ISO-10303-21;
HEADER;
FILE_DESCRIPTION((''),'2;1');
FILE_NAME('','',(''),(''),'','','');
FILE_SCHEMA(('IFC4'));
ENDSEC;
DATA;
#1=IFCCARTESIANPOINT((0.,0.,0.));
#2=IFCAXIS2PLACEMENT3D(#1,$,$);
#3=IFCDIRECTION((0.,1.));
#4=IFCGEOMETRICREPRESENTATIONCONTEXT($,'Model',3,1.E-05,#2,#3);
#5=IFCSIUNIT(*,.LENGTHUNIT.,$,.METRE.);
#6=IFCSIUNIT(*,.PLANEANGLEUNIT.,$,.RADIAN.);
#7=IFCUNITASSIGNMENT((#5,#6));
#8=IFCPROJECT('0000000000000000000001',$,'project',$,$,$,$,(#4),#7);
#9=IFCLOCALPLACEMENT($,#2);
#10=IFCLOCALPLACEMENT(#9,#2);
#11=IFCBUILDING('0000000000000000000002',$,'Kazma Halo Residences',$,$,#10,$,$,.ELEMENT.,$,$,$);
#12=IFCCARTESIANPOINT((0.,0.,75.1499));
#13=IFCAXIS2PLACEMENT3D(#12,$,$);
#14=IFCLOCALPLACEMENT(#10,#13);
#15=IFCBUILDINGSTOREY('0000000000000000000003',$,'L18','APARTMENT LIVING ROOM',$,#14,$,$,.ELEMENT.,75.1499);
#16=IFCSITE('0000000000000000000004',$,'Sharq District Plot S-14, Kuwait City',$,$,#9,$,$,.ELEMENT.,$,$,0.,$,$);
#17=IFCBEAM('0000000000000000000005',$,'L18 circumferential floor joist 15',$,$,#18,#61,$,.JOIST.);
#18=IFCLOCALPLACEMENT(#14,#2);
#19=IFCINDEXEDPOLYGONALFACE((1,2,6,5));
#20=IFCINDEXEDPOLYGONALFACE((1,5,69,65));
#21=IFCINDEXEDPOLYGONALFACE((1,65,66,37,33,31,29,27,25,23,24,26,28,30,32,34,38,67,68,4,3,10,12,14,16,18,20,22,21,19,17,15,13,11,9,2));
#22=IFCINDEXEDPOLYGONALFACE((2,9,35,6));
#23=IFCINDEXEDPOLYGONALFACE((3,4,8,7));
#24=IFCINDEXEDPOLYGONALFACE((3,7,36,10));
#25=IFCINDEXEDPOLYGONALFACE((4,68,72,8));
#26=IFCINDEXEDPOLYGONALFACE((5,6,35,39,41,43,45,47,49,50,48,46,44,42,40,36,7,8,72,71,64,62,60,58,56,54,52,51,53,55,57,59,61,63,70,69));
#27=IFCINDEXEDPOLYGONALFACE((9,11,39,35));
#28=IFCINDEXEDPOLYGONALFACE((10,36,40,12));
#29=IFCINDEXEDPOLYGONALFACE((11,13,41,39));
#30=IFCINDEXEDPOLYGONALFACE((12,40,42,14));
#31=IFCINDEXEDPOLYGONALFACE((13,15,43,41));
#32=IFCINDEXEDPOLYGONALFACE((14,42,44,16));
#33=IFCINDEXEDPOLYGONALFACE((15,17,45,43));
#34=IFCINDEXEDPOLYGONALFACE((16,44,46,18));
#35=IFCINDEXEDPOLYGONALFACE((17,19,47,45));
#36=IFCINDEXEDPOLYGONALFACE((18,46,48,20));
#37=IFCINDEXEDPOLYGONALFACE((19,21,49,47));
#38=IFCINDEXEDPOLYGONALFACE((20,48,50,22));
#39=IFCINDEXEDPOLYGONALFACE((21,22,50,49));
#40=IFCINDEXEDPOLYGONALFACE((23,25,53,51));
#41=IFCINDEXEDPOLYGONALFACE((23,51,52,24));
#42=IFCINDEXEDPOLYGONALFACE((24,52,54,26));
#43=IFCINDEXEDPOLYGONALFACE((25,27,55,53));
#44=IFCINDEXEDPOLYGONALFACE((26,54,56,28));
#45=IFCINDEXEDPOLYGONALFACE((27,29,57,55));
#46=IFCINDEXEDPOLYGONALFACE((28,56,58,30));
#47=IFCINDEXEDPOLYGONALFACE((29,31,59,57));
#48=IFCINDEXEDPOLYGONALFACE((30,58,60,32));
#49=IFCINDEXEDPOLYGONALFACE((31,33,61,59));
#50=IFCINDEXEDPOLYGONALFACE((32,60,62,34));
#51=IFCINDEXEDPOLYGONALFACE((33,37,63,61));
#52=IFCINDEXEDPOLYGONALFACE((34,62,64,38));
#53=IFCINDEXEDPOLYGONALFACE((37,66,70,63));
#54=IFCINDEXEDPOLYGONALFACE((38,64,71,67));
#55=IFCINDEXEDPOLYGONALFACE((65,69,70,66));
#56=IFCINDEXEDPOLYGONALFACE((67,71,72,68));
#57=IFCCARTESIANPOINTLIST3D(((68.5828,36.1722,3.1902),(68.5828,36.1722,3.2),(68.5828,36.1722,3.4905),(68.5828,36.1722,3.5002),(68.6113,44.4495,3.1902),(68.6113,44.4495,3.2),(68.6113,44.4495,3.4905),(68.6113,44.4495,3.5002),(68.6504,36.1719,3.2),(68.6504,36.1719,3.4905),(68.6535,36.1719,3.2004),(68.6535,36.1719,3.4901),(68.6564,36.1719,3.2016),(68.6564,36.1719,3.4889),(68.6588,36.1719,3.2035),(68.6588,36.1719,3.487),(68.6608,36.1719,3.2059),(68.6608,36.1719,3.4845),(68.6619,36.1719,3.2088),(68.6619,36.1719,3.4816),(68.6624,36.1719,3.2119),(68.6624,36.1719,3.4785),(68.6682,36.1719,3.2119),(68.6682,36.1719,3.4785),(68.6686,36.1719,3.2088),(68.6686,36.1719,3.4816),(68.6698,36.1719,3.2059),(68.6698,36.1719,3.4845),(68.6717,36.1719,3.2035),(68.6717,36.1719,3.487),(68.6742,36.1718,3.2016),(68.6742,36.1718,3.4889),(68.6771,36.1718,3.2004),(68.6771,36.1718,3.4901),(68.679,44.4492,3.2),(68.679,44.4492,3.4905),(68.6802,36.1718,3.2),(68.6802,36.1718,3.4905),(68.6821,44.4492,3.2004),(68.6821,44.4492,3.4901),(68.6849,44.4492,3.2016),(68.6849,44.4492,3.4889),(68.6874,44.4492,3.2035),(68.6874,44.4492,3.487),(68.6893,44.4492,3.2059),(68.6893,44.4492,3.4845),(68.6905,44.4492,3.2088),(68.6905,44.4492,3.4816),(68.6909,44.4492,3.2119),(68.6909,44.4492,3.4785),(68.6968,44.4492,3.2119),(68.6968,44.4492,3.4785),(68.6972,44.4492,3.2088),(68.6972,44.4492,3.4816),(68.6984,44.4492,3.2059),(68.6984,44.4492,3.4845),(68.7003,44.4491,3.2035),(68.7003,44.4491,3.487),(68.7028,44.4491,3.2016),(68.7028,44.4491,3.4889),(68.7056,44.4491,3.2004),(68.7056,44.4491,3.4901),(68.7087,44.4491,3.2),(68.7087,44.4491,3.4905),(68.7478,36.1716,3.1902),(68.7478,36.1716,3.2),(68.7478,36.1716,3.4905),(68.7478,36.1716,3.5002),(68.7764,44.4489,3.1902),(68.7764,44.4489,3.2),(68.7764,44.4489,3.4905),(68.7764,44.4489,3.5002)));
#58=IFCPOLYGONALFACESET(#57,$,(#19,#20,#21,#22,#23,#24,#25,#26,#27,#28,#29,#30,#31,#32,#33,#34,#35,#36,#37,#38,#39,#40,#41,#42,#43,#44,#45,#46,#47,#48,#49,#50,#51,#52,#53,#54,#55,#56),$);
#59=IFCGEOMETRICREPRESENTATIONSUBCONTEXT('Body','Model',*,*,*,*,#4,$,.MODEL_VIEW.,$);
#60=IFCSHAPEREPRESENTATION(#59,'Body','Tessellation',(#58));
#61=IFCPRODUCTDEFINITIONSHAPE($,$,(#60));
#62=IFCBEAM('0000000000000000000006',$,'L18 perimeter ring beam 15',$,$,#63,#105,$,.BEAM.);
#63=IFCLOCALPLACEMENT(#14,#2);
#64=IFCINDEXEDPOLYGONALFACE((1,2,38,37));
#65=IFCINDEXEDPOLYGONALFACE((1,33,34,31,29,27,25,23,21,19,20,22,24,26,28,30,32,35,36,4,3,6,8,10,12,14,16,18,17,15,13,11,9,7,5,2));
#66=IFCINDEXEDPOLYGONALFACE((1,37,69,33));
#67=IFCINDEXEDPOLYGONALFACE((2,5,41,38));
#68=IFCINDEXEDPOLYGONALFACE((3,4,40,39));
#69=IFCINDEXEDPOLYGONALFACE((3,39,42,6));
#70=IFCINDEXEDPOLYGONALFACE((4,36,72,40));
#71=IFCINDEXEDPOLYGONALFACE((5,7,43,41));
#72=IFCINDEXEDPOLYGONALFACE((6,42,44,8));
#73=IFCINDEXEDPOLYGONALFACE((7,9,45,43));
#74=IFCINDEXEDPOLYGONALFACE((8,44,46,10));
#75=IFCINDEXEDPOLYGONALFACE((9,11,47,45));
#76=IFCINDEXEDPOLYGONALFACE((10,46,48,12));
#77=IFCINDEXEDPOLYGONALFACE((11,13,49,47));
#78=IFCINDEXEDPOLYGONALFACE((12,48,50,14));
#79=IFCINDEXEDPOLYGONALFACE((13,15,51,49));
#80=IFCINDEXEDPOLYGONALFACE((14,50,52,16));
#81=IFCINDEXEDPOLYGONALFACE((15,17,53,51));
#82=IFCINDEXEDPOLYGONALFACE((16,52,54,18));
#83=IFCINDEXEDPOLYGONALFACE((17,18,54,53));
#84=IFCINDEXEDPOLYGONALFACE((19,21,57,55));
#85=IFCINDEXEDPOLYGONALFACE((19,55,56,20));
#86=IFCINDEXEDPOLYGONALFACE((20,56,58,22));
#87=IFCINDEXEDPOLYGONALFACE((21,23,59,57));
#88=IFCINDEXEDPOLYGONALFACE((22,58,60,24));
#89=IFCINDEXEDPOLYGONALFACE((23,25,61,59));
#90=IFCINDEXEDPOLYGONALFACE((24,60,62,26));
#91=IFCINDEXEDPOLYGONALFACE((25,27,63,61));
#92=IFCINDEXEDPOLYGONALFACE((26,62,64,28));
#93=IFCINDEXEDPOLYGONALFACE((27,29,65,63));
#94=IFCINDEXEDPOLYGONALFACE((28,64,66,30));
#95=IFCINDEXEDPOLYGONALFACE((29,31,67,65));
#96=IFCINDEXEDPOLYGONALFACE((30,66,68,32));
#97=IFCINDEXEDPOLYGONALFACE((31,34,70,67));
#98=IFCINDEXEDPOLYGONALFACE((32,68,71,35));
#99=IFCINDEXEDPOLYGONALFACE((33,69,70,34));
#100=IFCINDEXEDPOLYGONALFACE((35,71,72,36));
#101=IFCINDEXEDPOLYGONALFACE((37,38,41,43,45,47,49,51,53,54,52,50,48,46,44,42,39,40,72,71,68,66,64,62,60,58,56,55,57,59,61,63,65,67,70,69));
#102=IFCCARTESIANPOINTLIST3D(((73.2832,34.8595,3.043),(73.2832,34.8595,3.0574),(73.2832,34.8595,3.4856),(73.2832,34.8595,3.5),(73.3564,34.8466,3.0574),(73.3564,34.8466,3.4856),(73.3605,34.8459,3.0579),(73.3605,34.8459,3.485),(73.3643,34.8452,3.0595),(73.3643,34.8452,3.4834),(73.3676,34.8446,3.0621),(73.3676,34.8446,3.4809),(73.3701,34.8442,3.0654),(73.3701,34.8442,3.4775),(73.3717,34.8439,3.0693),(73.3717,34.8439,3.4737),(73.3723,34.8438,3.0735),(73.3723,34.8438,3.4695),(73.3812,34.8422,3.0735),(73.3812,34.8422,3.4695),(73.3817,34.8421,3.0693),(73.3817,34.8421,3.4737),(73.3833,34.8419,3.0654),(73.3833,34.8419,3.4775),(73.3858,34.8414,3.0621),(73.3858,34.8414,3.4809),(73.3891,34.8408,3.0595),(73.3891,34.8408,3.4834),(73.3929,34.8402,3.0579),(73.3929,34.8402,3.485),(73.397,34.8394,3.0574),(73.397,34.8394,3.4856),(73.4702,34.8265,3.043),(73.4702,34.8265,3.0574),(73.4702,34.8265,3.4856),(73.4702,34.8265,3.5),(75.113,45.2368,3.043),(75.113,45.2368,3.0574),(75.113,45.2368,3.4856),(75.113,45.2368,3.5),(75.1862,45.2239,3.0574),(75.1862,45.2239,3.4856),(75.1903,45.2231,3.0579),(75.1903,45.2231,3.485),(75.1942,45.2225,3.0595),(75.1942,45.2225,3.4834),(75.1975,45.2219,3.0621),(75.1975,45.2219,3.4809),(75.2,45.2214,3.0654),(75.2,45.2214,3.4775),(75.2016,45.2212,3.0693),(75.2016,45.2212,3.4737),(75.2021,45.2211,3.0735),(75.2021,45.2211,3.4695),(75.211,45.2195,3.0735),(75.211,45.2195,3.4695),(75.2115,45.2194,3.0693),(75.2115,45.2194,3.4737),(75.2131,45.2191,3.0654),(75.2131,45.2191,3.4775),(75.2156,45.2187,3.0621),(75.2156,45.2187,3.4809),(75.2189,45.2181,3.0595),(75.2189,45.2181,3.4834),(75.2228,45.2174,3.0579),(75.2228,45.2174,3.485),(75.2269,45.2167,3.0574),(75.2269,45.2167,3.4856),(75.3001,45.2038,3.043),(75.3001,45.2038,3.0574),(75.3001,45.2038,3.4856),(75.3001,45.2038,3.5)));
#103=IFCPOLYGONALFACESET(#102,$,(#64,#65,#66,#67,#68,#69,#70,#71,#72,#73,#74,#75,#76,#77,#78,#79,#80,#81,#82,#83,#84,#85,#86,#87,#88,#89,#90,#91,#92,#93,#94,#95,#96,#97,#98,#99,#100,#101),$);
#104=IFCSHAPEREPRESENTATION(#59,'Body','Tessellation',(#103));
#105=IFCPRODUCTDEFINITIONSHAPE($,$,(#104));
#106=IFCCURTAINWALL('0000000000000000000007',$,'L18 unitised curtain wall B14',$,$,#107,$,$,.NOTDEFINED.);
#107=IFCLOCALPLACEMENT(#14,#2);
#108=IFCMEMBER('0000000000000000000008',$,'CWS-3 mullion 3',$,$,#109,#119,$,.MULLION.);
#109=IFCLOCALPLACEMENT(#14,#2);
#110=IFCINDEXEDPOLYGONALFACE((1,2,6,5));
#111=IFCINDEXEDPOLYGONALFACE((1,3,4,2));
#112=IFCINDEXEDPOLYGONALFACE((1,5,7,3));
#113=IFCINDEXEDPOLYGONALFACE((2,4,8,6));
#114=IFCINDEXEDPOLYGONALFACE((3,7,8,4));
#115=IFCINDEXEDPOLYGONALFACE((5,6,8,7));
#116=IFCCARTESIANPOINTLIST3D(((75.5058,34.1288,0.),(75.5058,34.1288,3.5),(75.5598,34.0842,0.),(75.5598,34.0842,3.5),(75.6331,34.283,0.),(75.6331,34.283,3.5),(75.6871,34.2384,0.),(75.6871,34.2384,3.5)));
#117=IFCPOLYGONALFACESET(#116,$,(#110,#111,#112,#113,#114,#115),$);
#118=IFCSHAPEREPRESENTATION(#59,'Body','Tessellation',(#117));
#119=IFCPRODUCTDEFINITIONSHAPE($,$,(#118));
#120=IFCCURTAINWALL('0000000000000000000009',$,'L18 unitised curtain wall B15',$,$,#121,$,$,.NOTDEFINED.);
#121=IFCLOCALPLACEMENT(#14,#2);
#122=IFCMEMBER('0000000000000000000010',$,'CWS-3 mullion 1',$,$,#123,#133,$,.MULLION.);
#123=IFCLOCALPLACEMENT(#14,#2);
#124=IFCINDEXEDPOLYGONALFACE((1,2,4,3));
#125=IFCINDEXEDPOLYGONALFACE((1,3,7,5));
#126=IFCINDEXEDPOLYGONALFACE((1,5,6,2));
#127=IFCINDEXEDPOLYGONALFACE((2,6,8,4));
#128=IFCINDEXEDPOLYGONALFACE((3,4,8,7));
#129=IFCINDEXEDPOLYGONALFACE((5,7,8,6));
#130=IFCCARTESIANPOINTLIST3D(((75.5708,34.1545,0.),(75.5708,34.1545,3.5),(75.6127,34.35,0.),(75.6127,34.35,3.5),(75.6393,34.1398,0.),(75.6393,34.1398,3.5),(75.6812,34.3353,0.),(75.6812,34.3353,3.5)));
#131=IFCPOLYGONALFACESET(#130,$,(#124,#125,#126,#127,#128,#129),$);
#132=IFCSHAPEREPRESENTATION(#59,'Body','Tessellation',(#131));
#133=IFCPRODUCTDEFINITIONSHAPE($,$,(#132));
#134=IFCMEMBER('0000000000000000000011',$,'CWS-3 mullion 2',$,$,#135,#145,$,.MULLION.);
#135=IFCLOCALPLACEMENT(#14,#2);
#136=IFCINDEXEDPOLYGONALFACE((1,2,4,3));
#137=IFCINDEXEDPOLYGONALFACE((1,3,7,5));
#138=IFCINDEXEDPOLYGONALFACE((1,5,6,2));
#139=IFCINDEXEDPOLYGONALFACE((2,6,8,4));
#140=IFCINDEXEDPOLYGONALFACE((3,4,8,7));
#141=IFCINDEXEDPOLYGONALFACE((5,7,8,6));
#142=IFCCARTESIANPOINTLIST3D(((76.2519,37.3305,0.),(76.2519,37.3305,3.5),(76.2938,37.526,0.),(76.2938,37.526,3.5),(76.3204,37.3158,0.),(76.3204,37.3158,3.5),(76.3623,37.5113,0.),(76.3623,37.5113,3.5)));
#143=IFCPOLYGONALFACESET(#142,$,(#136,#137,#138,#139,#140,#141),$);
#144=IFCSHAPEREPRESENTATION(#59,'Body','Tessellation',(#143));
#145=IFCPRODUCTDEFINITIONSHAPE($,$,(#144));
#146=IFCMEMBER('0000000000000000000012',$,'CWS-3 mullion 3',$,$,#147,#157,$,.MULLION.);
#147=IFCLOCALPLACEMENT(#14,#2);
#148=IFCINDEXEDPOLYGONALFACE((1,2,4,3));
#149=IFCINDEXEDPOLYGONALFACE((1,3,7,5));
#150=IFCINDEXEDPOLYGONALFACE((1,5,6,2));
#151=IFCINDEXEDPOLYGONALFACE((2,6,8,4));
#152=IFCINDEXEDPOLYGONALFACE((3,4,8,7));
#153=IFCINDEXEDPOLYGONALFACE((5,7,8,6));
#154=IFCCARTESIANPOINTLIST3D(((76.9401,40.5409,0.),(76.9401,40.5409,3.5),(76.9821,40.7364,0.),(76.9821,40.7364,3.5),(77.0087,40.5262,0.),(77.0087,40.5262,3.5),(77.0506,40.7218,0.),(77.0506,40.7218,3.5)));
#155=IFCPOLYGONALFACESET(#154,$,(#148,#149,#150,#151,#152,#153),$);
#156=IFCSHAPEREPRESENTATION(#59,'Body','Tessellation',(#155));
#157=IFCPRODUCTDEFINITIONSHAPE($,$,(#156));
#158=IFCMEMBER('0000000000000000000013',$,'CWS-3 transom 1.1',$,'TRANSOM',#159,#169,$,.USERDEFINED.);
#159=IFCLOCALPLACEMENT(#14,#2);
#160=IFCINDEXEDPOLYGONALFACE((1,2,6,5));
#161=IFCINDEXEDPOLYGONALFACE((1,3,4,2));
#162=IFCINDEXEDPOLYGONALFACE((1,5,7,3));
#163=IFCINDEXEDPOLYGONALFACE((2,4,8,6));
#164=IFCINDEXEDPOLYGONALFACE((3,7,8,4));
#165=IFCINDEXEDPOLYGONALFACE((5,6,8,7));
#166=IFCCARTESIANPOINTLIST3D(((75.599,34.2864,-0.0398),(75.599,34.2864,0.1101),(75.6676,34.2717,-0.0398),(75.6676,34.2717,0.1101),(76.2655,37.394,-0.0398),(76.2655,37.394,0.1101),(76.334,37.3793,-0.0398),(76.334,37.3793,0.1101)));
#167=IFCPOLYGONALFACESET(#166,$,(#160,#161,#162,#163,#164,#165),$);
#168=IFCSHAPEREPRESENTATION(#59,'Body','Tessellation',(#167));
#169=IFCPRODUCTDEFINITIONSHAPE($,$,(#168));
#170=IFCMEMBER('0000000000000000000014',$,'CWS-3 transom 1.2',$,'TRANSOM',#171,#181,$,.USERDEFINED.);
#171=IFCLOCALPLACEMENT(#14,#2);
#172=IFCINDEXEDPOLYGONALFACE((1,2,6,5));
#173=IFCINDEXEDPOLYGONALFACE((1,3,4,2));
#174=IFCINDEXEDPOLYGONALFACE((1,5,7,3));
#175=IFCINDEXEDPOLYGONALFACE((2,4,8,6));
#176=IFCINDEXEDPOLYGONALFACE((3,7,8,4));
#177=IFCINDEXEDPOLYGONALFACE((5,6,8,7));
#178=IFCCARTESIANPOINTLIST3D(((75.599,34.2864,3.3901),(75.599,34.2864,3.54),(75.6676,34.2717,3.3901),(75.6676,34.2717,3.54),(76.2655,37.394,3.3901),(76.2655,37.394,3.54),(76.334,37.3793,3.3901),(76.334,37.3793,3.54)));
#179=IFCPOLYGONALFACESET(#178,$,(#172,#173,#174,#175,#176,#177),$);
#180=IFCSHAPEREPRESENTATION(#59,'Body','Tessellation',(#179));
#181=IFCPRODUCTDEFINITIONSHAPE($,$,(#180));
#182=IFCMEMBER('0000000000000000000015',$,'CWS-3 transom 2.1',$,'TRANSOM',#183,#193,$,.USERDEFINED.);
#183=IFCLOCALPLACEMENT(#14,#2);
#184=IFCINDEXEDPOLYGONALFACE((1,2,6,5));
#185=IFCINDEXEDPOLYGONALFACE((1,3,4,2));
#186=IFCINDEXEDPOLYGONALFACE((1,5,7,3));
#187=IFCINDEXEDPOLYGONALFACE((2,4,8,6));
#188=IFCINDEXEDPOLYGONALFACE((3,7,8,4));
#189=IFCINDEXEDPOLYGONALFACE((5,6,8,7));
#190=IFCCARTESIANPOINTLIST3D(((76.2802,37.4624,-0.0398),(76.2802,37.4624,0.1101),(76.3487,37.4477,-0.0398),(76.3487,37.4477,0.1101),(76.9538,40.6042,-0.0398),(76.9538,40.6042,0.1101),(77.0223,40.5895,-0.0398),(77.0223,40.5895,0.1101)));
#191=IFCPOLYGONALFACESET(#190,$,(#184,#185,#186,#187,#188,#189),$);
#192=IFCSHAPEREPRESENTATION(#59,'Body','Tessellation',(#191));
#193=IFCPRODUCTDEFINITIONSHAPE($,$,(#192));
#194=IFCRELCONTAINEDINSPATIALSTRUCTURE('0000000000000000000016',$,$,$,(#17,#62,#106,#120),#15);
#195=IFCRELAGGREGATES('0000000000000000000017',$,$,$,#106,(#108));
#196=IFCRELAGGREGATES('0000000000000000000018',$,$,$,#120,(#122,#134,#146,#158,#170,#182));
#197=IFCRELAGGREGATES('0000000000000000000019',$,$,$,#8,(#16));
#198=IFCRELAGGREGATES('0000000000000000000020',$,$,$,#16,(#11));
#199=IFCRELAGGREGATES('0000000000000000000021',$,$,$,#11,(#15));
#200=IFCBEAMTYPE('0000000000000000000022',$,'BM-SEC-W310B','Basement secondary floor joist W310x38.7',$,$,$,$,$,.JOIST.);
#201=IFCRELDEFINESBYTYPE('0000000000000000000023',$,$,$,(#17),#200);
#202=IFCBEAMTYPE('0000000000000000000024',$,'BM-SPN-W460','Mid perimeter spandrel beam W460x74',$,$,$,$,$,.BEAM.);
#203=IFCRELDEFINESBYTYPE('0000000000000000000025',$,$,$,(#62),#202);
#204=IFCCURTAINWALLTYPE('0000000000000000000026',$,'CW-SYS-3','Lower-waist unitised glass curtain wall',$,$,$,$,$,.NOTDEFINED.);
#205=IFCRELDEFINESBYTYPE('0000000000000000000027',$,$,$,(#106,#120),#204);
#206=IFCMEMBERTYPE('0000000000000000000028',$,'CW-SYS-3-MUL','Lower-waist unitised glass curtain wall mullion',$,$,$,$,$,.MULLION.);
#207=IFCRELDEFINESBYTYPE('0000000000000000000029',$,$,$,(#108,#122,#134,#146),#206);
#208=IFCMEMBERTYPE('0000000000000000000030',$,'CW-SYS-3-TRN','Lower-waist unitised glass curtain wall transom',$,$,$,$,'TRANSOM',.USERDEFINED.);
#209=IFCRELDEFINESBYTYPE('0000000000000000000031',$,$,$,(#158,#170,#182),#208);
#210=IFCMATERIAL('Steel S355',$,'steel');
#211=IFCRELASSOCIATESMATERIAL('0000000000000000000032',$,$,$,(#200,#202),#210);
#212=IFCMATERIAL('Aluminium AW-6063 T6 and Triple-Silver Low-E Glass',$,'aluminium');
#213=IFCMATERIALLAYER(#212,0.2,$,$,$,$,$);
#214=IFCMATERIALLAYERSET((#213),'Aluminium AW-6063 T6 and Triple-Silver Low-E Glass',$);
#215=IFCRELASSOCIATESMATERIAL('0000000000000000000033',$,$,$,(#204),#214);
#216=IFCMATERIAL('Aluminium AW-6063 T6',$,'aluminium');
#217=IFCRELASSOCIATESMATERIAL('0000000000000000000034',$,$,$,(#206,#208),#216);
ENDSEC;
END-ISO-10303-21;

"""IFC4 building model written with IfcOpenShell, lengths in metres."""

from ifc_helpers import new_model, si_unit, direction, frame, origin, origin_2d, place, context, subcontext, project, spatial, rectangle, i_section, extrude, material, layer, layer_set, material_profile, profile_set, type_object, element, aggregate, save


model = new_model("IFC4")

# Units and contexts
model_context = context("Model", 3, precision=1e-05, world=origin(), true_north=direction((0.0, 1.0)))
body_context = subcontext(model_context, "Body", "Model", "MODEL_VIEW")
ifc_project = project(units=[si_unit("LENGTHUNIT", "METRE"), si_unit("PLANEANGLEUNIT", "RADIAN")], contexts=[model_context])

# Site, building, storey
site_placement = place(None, origin())
site = spatial("IfcSite", under=ifc_project, at=site_placement, Name="Sharq District Plot S-14, Kuwait City", CompositionType="ELEMENT", RefElevation=0.0)
building_placement = place(site_placement, origin())
building = spatial("IfcBuilding", under=site, at=building_placement, Name="Kazma Halo Residences", CompositionType="ELEMENT")
storey_placement = place(building_placement, frame((0.0, 0.0, 75.1499)))
storey = spatial("IfcBuildingStorey", under=building, at=storey_placement, Name="L18", Description="APARTMENT LIVING ROOM", CompositionType="ELEMENT", Elevation=75.1499)

# Beams
ifc_material_1 = material(Name="Steel S355", Category="steel")
ifc_material_profile_1 = material_profile(ifc_material_1, i_section(OverallWidth=0.165, OverallDepth=0.3101, WebThickness=0.0059, FlangeThickness=0.0098, FilletRadius=0.012, at=origin_2d()), Name="W310x38.7")
ifc_profile_set_1 = profile_set([ifc_material_profile_1], Name="Steel S355")
beam_type_1 = type_object("IfcBeamType", Name="BM-SEC-W310B", Description="Basement secondary floor joist W310x38.7", PredefinedType="JOIST", material=ifc_profile_set_1)
beam_1_placement = place(storey_placement, frame((68.6653, 36.1719, 3.3452), z_axis=(0.003451, 0.999994, 0.0), x_axis=(-0.999994, 0.003451, 0.0)))
element("IfcBeam", 1, at=beam_1_placement, inside=storey, type_object=beam_type_1, Name="L18 circumferential floor joist 15", PredefinedType="JOIST", context=body_context, shape_type="SweptSolid", body=[
    extrude(i_section(OverallWidth=0.165, OverallDepth=0.3101, WebThickness=0.0059, FlangeThickness=0.0098, FilletRadius=0.012, at=origin_2d()), origin(), (0.0, 0.0, 1.0), 8.2773),
])
ifc_material_profile_2 = material_profile(ifc_material_1, i_section(OverallWidth=0.1899, OverallDepth=0.457, WebThickness=0.009, FlangeThickness=0.0144, FilletRadius=0.0161, at=origin_2d()), Name="W460x74")
ifc_profile_set_2 = profile_set([ifc_material_profile_2], Name="Steel S355")
beam_type_2 = type_object("IfcBeamType", Name="BM-SPN-W460", Description="Mid perimeter spandrel beam W460x74", PredefinedType="BEAM", material=ifc_profile_set_2)
beam_2_placement = place(storey_placement, frame((73.3767, 34.843, 3.2715), z_axis=(0.173653, 0.984807, 0.0), x_axis=(-0.984807, 0.173653, 0.0)))
element("IfcBeam", 2, at=beam_2_placement, inside=storey, type_object=beam_type_2, Name="L18 perimeter ring beam 15", PredefinedType="BEAM", context=body_context, shape_type="SweptSolid", body=[
    extrude(i_section(OverallWidth=0.1899, OverallDepth=0.457, WebThickness=0.009, FlangeThickness=0.0144, FilletRadius=0.0161, at=origin_2d()), origin(), (0.0, 0.0, 1.0), 10.5374),
])

# Curtain wall, member
ifc_material_2 = material(Name="Aluminium AW-6063 T6 and Triple-Silver Low-E Glass", Category="aluminium")
ifc_layer_1 = layer(ifc_material_2, 0.2)
ifc_layer_set_1 = layer_set([ifc_layer_1], Name="Aluminium AW-6063 T6 and Triple-Silver Low-E Glass")
curtain_wall_type = type_object("IfcCurtainWallType", Name="CW-SYS-3", Description="Lower-waist unitised glass curtain wall", PredefinedType="NOTDEFINED", material=ifc_layer_set_1)
curtain_wall_1_placement = place(storey_placement, origin())
curtain_wall_1 = element("IfcCurtainWall", 3, at=curtain_wall_1_placement, inside=storey, type_object=curtain_wall_type, Name="L18 unitised curtain wall B14", PredefinedType="NOTDEFINED")
ifc_material_3 = material(Name="Aluminium AW-6063 T6", Category="aluminium")
ifc_material_profile_3 = material_profile(ifc_material_3, rectangle(XDim=0.0701, YDim=0.2, at=origin_2d()), Name="CWM-70x200")
ifc_profile_set_3 = profile_set([ifc_material_profile_3], Name="Aluminium AW-6063 T6")
member_type_1 = type_object("IfcMemberType", Name="CW-SYS-3-MUL", Description="Lower-waist unitised glass curtain wall mullion", PredefinedType="MULLION", material=ifc_profile_set_3)
member_1_placement = place(storey_placement, frame((75.5964, 34.1836, 0.0), z_axis=(0.0, 0.0, 1.0), x_axis=(-0.771095, 0.636721, 0.0)))
member_1 = element("IfcMember", 4, at=member_1_placement, type_object=member_type_1, Name="CWS-3 mullion 3", PredefinedType="MULLION", context=body_context, shape_type="SweptSolid", body=[
    extrude(rectangle(XDim=0.0701, YDim=0.2, at=origin_2d()), origin(), (0.0, 0.0, 1.0), 3.5),
])

# Curtain wall, members
curtain_wall_2_placement = place(storey_placement, origin())
curtain_wall_2 = element("IfcCurtainWall", 5, at=curtain_wall_2_placement, inside=storey, type_object=curtain_wall_type, Name="L18 unitised curtain wall B15", PredefinedType="NOTDEFINED")
member_2_placement = place(storey_placement, frame((75.626, 34.2449, 0.0), z_axis=(0.0, 0.0, 1.0), x_axis=(-0.977774, 0.209661, 0.0)))
member_2 = element("IfcMember", 6, at=member_2_placement, type_object=member_type_1, Name="CWS-3 mullion 1", PredefinedType="MULLION", context=body_context, shape_type="SweptSolid", body=[
    extrude(rectangle(XDim=0.0701, YDim=0.2, at=origin_2d()), origin(), (0.0, 0.0, 1.0), 3.5),
])
member_3_placement = place(storey_placement, frame((76.3071, 37.4209, 0.0), z_axis=(0.0, 0.0, 1.0), x_axis=(-0.977774, 0.209661, 0.0)))
member_3 = element("IfcMember", 7, at=member_3_placement, type_object=member_type_1, Name="CWS-3 mullion 2", PredefinedType="MULLION", context=body_context, shape_type="SweptSolid", body=[
    extrude(rectangle(XDim=0.0701, YDim=0.2, at=origin_2d()), origin(), (0.0, 0.0, 1.0), 3.5),
])
member_4_placement = place(storey_placement, frame((76.9954, 40.6313, 0.0), z_axis=(0.0, 0.0, 1.0), x_axis=(-0.977774, 0.209661, 0.0)))
member_4 = element("IfcMember", 8, at=member_4_placement, type_object=member_type_1, Name="CWS-3 mullion 3", PredefinedType="MULLION", context=body_context, shape_type="SweptSolid", body=[
    extrude(rectangle(XDim=0.0701, YDim=0.2, at=origin_2d()), origin(), (0.0, 0.0, 1.0), 3.5),
])
ifc_material_profile_4 = material_profile(ifc_material_3, rectangle(XDim=0.0701, YDim=0.1499, at=origin_2d()), Name="CWT-70x150")
ifc_profile_set_4 = profile_set([ifc_material_profile_4], Name="Aluminium AW-6063 T6")
member_type_2 = type_object("IfcMemberType", Name="CW-SYS-3-TRN", Description="Lower-waist unitised glass curtain wall transom", ElementType="TRANSOM", PredefinedType="USERDEFINED", material=ifc_profile_set_4)
member_5_placement = place(storey_placement, frame((75.6333, 34.2791, 0.0352), z_axis=(0.209702, 0.977765, 0.0), x_axis=(-0.977765, 0.209702, 0.0)))
member_5 = element("IfcMember", 9, at=member_5_placement, type_object=member_type_2, Name="CWS-3 transom 1.1", ObjectType="TRANSOM", PredefinedType="USERDEFINED", context=body_context, shape_type="SweptSolid", body=[
    extrude(rectangle(XDim=0.0701, YDim=0.1499, at=origin_2d()), origin(), (0.0, 0.0, 1.0), 3.1782),
])
member_6_placement = place(storey_placement, frame((75.6333, 34.2791, 3.4651), z_axis=(0.209702, 0.977765, 0.0), x_axis=(-0.977765, 0.209702, 0.0)))
member_6 = element("IfcMember", 10, at=member_6_placement, type_object=member_type_2, Name="CWS-3 transom 1.2", ObjectType="TRANSOM", PredefinedType="USERDEFINED", context=body_context, shape_type="SweptSolid", body=[
    extrude(rectangle(XDim=0.0701, YDim=0.1499, at=origin_2d()), origin(), (0.0, 0.0, 1.0), 3.1782),
])
member_7_placement = place(storey_placement, frame((76.3145, 37.4551, 0.0352), z_axis=(0.209628, 0.977781, 0.0), x_axis=(-0.977781, 0.209628, 0.0)))
member_7 = element("IfcMember", 11, at=member_7_placement, type_object=member_type_2, Name="CWS-3 transom 2.1", ObjectType="TRANSOM", PredefinedType="USERDEFINED", context=body_context, shape_type="SweptSolid", body=[
    extrude(rectangle(XDim=0.0701, YDim=0.1499, at=origin_2d()), origin(), (0.0, 0.0, 1.0), 3.2131),
])

aggregate(curtain_wall_1, [member_1])
aggregate(curtain_wall_2, [member_2, member_3, member_4, member_5, member_6, member_7])

save(model, "model.ifc")
